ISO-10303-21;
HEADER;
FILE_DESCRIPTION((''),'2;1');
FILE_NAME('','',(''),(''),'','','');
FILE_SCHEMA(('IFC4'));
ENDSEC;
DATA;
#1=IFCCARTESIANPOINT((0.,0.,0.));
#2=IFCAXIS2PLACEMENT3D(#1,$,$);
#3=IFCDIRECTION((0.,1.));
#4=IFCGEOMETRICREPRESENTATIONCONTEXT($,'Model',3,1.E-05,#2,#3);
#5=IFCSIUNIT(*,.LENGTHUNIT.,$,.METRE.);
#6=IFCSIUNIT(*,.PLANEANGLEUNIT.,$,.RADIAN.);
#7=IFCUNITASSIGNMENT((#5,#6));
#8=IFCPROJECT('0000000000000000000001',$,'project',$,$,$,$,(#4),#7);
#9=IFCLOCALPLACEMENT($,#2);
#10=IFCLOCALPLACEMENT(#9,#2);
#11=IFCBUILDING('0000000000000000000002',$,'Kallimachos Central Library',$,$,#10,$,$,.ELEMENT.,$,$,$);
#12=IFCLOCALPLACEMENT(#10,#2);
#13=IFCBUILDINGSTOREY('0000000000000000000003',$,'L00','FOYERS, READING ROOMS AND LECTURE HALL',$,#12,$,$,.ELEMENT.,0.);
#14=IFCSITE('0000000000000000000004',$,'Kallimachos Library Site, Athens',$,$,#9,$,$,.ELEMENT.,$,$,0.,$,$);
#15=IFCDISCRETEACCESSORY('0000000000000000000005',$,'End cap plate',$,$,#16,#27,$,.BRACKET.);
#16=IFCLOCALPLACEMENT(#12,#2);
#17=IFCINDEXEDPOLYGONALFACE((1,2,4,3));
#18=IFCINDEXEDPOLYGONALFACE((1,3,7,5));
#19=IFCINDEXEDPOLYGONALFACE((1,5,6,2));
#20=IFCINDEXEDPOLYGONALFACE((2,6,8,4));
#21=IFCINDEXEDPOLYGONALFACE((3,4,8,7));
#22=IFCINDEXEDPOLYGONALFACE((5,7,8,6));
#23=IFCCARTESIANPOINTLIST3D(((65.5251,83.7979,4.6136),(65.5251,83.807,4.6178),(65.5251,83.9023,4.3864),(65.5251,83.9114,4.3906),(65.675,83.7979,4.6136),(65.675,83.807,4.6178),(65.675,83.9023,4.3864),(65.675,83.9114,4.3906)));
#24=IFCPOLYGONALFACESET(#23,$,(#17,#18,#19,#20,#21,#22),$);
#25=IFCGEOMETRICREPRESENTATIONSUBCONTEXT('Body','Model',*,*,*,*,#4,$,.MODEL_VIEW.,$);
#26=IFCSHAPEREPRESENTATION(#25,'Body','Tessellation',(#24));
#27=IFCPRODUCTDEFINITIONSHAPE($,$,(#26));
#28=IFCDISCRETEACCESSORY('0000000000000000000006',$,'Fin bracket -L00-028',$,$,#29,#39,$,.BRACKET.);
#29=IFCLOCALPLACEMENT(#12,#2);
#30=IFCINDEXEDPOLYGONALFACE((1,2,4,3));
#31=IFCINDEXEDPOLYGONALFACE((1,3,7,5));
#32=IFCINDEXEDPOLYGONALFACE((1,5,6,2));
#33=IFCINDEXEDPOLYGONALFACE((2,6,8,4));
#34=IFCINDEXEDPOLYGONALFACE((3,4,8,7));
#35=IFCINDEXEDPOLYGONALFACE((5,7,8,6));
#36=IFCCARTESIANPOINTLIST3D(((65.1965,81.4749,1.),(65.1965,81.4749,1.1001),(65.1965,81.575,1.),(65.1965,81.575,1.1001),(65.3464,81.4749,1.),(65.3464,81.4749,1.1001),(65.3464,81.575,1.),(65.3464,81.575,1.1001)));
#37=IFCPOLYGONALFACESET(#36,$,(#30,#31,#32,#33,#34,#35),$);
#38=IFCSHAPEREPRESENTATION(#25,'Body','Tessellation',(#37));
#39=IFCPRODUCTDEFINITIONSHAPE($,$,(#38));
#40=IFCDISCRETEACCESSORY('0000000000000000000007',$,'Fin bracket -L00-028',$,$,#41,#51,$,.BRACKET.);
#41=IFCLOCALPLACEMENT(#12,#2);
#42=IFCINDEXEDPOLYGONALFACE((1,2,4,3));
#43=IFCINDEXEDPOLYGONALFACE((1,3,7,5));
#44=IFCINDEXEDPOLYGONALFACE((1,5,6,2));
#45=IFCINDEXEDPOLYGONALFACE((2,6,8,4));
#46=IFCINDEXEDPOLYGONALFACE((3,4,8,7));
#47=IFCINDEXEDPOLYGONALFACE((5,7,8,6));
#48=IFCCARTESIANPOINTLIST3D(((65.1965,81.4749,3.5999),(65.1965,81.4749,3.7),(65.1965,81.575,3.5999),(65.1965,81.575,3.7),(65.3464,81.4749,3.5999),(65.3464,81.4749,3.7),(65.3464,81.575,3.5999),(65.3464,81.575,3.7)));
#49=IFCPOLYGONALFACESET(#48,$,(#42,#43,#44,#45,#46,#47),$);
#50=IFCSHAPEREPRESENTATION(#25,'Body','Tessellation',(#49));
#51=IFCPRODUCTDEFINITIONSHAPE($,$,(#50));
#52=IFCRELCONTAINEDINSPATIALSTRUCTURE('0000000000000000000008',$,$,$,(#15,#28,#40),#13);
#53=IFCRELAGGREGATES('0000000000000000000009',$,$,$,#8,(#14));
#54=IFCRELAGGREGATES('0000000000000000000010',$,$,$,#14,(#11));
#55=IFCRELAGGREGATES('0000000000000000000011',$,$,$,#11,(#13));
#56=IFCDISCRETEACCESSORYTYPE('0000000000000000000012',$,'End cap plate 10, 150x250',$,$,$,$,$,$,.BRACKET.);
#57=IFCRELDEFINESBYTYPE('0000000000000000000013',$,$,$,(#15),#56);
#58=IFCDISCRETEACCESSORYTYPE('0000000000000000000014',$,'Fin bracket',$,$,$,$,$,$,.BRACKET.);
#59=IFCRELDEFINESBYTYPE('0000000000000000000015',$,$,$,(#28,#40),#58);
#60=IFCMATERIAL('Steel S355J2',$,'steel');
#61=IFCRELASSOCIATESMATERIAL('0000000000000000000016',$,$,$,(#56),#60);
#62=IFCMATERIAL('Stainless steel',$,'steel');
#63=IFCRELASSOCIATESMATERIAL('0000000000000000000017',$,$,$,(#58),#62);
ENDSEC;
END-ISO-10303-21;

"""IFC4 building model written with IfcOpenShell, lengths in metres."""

from ifc_helpers import new_model, si_unit, direction, frame, origin, origin_2d, place, context, subcontext, project, spatial, rectangle, extrude, material, material_profile, profile_set, type_object, element, save


model = new_model("IFC4")

# Units and contexts
model_context = context("Model", 3, precision=1e-05, world=origin(), true_north=direction((0.0, 1.0)))
body_context = subcontext(model_context, "Body", "Model", "MODEL_VIEW")
ifc_project = project(units=[si_unit("LENGTHUNIT", "METRE"), si_unit("PLANEANGLEUNIT", "RADIAN")], contexts=[model_context])

# Site, building, storey
site_placement = place(None, origin())
site = spatial("IfcSite", under=ifc_project, at=site_placement, Name="Kallimachos Library Site, Athens", CompositionType="ELEMENT", RefElevation=0.0)
building_placement = place(site_placement, origin())
building = spatial("IfcBuilding", under=site, at=building_placement, Name="Kallimachos Central Library", CompositionType="ELEMENT")
storey_placement = place(building_placement, origin())
storey = spatial("IfcBuildingStorey", under=building, at=storey_placement, Name="L00", Description="FOYERS, READING ROOMS AND LECTURE HALL", CompositionType="ELEMENT", Elevation=0.0)

# Discrete accessories
ifc_material_1 = material(Name="Steel S355J2", Category="steel")
ifc_material_profile_1 = material_profile(ifc_material_1, rectangle(XDim=0.1499, YDim=0.25, at=origin_2d()), Name="End cap plate 10, 150x250")
ifc_profile_set_1 = profile_set([ifc_material_profile_1], Name="Steel S355J2")
discrete_accessory_type_1 = type_object("IfcDiscreteAccessoryType", Name="End cap plate 10, 150x250", PredefinedType="BRACKET", material=ifc_profile_set_1)
discrete_accessory_placement = place(storey_placement, frame((65.6001, 83.8501, 4.5), z_axis=(0.0, 0.908677, 0.4175), x_axis=(-1.0, 0.0, 0.0)))
element("IfcDiscreteAccessory", 1, at=discrete_accessory_placement, inside=storey, type_object=discrete_accessory_type_1, Name="End cap plate", PredefinedType="BRACKET", context=body_context, shape_type="SweptSolid", body=[
    extrude(rectangle(XDim=0.1499, YDim=0.25, at=origin_2d()), origin(), (0.0, 0.0, 1.0), 0.01),
])
ifc_material_2 = material(Name="Stainless steel", Category="steel")
discrete_accessory_type_2 = type_object("IfcDiscreteAccessoryType", Name="Fin bracket", PredefinedType="BRACKET", material=ifc_material_2)
for number, where, z_axis, x_axis, name in (
    (2, (65.2715, 81.5249, 1.0), (0.0, 0.0, 1.0), (1.0, 0.0, 0.0), "Fin bracket -L00-028"),
    (3, (65.2715, 81.5249, 3.5999), (0.0, 0.0, 1.0), (1.0, 0.0, 0.0), "Fin bracket -L00-028"),
):
    element("IfcDiscreteAccessory", number, at=place(storey_placement, frame(where, z_axis=z_axis, x_axis=x_axis)), inside=storey, type_object=discrete_accessory_type_2, Name=name, PredefinedType="BRACKET", context=body_context, shape_type="SweptSolid", body=[
        extrude(rectangle(XDim=0.1499, YDim=0.1001, at=origin_2d()), origin(), (0.0, 0.0, 1.0), 0.1001),
    ])

save(model, "model.ifc")
